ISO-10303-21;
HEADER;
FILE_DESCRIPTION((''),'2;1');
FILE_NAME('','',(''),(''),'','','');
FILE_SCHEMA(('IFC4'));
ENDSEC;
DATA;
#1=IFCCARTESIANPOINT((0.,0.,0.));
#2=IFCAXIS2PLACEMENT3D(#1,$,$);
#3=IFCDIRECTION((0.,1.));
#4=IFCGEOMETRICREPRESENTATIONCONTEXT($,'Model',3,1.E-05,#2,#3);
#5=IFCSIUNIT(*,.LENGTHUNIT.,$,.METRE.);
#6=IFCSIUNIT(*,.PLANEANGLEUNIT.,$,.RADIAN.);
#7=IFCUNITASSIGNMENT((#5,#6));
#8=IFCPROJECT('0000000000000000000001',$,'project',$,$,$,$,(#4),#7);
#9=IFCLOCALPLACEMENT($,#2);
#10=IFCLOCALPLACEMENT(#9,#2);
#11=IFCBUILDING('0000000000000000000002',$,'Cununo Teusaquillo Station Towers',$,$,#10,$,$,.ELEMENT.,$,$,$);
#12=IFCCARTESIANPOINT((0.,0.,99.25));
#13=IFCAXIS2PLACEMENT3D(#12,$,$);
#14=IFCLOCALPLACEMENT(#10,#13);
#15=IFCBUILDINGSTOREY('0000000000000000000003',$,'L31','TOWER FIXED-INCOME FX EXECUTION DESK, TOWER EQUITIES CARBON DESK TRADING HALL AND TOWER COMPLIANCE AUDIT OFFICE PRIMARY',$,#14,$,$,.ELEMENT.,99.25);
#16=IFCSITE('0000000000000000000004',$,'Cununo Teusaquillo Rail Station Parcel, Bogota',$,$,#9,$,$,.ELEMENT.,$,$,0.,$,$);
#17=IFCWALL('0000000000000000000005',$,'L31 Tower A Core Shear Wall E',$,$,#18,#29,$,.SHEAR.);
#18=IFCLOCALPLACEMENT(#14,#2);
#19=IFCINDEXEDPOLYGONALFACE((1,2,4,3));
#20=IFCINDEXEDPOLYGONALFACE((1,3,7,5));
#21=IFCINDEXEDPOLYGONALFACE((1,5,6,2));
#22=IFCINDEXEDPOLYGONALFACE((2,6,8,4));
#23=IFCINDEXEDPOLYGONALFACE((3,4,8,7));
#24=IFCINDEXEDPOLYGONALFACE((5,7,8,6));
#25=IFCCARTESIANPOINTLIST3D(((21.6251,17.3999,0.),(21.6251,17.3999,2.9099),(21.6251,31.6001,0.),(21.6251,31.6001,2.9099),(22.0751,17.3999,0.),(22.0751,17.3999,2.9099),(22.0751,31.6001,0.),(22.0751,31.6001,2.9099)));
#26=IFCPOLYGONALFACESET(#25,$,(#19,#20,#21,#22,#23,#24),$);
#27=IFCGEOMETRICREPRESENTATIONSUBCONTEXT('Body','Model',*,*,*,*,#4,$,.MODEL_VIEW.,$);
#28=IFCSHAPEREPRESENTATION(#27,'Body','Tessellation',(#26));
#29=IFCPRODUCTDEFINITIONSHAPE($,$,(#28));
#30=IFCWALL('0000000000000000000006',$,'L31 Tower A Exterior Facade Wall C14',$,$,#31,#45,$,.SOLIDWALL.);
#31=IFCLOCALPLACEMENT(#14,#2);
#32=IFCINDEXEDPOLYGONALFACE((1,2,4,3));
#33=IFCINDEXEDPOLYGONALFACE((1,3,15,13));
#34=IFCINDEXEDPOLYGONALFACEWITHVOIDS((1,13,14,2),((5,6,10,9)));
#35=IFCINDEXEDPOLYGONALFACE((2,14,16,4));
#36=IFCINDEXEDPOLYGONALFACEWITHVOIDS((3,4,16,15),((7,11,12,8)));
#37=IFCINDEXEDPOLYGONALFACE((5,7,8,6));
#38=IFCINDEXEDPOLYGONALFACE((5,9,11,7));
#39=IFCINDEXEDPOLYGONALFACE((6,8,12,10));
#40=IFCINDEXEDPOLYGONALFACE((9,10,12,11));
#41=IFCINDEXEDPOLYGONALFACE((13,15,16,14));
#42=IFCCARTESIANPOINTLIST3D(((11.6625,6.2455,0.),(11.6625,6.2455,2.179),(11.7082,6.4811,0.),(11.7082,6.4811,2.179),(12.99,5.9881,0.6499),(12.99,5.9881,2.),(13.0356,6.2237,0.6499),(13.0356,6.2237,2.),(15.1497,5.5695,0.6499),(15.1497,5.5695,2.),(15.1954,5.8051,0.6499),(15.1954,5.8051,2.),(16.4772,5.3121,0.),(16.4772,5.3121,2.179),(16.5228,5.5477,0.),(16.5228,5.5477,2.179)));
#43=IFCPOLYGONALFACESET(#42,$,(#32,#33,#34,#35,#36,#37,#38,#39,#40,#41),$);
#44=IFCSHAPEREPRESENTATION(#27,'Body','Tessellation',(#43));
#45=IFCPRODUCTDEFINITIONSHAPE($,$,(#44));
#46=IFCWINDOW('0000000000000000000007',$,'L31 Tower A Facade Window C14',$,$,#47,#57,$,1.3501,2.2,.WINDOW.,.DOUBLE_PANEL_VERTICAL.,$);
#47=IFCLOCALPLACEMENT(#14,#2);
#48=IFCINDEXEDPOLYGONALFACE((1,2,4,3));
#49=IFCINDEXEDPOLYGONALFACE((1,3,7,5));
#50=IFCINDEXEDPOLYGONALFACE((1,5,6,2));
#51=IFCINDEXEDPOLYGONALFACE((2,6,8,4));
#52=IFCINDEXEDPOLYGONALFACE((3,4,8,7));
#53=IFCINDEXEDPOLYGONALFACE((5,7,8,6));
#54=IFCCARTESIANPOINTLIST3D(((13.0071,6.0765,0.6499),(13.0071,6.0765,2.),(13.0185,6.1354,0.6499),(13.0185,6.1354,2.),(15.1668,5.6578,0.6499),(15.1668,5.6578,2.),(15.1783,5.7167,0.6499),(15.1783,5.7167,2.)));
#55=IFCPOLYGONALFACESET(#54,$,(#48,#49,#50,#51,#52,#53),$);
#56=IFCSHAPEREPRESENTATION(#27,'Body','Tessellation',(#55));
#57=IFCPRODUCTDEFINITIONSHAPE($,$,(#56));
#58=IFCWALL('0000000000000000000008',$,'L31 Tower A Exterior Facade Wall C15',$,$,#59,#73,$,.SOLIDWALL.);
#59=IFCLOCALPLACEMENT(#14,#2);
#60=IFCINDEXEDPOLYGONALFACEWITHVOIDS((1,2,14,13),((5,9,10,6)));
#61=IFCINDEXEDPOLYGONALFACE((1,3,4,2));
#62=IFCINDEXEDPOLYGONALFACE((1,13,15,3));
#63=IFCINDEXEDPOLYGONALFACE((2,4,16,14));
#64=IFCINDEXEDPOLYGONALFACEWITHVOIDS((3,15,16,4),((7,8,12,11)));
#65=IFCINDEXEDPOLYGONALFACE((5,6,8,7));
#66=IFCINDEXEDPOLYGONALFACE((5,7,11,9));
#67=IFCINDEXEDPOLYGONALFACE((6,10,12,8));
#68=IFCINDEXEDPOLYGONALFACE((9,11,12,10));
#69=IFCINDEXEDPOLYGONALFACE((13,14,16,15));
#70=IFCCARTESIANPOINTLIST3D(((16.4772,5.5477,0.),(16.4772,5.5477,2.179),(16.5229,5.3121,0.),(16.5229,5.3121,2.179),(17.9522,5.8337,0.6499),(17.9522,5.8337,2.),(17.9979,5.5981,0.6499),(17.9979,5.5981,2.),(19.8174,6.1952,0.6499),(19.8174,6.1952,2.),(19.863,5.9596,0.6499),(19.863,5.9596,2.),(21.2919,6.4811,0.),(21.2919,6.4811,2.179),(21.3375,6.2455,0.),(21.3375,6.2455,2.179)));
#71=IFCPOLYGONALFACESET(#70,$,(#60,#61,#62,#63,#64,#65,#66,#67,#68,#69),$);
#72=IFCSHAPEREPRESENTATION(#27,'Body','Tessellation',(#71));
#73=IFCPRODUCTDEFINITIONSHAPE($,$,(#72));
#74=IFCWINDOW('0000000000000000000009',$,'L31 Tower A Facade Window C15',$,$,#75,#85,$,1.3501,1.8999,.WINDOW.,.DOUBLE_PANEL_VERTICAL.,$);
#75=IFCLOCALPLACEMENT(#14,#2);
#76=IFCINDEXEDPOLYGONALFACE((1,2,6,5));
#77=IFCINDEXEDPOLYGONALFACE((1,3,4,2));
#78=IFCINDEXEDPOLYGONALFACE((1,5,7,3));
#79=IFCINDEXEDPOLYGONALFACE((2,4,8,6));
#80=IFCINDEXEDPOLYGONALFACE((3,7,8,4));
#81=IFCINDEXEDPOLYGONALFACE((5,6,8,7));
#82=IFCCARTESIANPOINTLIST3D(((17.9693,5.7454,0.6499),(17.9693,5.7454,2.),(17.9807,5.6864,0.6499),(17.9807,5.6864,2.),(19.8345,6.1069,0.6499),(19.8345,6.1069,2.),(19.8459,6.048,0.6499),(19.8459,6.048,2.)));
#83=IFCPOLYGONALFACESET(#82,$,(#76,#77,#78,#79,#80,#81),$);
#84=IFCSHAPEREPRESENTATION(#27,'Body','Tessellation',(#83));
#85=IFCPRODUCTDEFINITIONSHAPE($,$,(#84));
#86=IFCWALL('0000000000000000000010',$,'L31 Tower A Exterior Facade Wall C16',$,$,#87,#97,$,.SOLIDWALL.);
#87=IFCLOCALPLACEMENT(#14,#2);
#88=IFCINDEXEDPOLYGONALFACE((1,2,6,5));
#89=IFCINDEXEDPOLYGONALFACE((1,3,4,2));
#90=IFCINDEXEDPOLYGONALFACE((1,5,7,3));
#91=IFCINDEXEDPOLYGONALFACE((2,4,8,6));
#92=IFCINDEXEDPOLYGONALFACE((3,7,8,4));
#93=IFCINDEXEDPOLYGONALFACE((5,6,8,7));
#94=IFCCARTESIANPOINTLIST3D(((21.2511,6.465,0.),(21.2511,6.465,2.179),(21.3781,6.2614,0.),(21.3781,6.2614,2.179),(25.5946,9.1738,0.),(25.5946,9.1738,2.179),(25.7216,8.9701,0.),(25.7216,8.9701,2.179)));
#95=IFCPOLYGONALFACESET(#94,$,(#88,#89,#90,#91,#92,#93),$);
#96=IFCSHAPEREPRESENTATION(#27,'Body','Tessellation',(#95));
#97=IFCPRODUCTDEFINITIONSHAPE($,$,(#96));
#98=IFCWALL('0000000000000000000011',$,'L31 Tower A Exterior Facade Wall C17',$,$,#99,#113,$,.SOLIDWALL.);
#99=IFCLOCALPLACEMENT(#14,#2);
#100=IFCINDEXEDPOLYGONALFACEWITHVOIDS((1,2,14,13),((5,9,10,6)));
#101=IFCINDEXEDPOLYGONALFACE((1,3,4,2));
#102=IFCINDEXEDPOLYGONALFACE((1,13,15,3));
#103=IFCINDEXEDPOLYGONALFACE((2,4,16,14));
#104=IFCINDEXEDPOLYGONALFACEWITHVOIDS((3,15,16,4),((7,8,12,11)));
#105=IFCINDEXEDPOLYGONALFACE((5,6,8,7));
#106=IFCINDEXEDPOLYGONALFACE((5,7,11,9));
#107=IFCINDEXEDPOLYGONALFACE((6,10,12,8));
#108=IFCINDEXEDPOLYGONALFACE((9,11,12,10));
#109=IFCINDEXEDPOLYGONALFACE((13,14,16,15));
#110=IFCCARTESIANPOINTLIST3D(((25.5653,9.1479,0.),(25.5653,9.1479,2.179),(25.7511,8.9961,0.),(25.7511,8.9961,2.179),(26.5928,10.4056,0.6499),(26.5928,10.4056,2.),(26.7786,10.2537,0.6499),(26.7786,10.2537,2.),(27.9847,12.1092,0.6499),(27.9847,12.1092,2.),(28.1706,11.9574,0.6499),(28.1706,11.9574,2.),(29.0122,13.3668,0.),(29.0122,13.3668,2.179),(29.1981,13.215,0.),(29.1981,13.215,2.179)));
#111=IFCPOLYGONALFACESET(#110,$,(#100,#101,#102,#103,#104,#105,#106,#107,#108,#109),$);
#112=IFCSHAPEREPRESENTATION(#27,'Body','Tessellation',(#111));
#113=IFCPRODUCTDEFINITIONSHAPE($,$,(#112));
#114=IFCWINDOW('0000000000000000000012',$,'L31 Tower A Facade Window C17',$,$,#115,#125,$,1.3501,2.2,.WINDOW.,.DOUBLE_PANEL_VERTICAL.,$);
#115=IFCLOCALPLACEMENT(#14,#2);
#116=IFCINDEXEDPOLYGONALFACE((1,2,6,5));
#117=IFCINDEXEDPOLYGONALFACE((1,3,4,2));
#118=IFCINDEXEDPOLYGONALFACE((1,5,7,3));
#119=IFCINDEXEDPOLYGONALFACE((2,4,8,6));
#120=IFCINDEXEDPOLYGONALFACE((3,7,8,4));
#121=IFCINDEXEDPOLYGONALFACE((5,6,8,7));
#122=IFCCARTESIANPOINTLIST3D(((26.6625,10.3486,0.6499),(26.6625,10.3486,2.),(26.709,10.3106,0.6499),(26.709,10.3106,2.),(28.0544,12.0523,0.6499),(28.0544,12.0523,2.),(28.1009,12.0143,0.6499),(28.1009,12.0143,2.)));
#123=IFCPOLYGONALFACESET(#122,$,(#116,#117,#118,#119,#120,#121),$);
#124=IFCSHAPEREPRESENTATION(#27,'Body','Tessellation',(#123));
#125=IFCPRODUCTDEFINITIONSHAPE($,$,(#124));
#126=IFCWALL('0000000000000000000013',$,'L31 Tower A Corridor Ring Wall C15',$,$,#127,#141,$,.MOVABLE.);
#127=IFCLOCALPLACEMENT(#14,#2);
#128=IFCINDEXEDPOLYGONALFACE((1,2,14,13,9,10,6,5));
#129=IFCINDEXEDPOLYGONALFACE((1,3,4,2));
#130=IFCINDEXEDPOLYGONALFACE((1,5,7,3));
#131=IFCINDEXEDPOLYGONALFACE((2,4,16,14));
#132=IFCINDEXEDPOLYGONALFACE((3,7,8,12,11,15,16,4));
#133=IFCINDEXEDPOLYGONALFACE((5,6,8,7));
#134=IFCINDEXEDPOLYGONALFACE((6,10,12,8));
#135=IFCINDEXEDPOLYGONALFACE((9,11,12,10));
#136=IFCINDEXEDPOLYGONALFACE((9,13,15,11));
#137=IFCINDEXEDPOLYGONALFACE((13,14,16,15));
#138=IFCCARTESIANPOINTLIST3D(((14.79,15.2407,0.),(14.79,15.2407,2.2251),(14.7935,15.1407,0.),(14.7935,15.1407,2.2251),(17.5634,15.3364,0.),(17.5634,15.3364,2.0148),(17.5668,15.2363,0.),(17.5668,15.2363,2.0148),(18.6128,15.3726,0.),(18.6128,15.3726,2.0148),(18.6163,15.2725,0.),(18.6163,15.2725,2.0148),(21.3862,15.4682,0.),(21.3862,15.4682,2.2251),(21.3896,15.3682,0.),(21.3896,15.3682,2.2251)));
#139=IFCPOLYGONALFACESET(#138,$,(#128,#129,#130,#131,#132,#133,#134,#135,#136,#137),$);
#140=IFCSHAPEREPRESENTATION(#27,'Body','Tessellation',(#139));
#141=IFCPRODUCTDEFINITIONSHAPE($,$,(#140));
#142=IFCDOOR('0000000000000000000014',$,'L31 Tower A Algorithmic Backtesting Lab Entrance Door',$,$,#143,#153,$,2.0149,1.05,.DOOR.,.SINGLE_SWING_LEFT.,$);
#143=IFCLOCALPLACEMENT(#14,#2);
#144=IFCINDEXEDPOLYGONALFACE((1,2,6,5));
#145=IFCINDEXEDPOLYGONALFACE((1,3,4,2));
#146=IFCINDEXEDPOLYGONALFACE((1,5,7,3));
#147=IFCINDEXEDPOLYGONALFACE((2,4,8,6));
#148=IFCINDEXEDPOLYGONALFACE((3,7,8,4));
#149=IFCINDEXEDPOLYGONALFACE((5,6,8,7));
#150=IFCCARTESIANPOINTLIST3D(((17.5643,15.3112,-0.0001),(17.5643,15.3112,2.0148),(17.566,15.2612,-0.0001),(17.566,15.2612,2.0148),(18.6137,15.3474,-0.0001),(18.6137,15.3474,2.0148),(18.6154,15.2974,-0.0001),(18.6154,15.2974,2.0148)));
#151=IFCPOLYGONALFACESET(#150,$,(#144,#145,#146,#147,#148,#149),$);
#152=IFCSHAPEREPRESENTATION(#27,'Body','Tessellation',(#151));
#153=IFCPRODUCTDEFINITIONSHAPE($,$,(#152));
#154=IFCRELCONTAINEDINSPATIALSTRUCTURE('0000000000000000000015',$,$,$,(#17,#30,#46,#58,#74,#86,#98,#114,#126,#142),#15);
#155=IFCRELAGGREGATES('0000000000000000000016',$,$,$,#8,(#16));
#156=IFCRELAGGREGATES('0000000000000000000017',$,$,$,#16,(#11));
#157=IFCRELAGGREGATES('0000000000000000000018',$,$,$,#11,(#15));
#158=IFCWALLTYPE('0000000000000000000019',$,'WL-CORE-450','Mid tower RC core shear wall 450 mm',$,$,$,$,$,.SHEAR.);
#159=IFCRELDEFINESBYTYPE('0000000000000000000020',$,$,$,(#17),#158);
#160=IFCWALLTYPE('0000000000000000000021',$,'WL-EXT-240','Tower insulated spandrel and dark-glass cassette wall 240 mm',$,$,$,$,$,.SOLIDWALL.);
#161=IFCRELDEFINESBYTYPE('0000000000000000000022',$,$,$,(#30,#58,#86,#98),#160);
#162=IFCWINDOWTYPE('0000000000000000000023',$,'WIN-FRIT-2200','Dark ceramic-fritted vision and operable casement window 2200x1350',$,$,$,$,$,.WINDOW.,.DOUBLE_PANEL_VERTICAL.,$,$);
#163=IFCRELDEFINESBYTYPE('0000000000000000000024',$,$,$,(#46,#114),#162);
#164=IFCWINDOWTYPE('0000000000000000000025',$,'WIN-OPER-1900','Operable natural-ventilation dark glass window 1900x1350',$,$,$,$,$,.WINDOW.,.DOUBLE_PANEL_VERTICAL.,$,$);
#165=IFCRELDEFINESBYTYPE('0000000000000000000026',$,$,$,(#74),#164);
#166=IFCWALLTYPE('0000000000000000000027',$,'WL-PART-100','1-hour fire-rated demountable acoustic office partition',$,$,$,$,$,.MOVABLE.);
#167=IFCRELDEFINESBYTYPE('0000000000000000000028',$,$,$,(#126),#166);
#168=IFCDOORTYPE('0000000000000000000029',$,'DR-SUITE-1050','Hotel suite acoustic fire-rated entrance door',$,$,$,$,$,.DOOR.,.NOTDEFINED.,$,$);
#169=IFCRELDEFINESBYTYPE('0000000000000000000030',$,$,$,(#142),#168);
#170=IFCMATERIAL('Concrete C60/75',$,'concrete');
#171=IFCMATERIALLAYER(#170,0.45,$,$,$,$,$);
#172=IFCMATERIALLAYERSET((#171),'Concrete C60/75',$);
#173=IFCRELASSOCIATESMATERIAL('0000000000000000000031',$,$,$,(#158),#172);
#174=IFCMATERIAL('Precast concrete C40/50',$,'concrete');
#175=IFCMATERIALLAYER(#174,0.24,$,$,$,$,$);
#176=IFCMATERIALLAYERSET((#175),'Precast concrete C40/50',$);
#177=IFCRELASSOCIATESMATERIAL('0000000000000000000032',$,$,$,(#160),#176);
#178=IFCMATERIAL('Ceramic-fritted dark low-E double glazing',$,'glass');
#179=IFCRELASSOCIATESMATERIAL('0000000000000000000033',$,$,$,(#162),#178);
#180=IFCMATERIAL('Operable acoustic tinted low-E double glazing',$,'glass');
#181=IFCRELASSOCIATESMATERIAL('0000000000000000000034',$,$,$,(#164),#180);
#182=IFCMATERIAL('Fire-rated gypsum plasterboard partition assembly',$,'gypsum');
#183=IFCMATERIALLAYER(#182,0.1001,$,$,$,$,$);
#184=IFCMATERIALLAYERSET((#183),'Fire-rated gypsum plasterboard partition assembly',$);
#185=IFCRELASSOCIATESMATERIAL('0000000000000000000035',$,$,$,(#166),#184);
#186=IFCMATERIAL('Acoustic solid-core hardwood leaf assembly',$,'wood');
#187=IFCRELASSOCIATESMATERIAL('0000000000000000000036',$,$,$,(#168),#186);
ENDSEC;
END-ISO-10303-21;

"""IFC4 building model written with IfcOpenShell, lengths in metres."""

from ifc_helpers import new_model, si_unit, direction, frame, frame_2d, origin, place, context, subcontext, project, spatial, rectangle, extrude, source, transform, mapped, material, layer, layer_set, type_object, element, fill, save


model = new_model("IFC4")

# Units and contexts
model_context = context("Model", 3, precision=1e-05, world=origin(), true_north=direction((0.0, 1.0)))
body_context = subcontext(model_context, "Body", "Model", "MODEL_VIEW")
ifc_project = project(units=[si_unit("LENGTHUNIT", "METRE"), si_unit("PLANEANGLEUNIT", "RADIAN")], contexts=[model_context])

# Site, building, storey
site_placement = place(None, origin())
site = spatial("IfcSite", under=ifc_project, at=site_placement, Name="Cununo Teusaquillo Rail Station Parcel, Bogota", CompositionType="ELEMENT", RefElevation=0.0)
building_placement = place(site_placement, origin())
building = spatial("IfcBuilding", under=site, at=building_placement, Name="Cununo Teusaquillo Station Towers", CompositionType="ELEMENT")
storey_placement = place(building_placement, frame((0.0, 0.0, 99.25)))
storey = spatial("IfcBuildingStorey", under=building, at=storey_placement, Name="L31", Description="TOWER FIXED-INCOME FX EXECUTION DESK, TOWER EQUITIES CARBON DESK TRADING HALL AND TOWER COMPLIANCE AUDIT OFFICE PRIMARY", CompositionType="ELEMENT", Elevation=99.25)

# Wall
ifc_material_1 = material(Name="Concrete C60/75", Category="concrete")
ifc_layer_1 = layer(ifc_material_1, 0.45)
ifc_layer_set_1 = layer_set([ifc_layer_1], Name="Concrete C60/75")
wall_type_1 = type_object("IfcWallType", Name="WL-CORE-450", Description="Mid tower RC core shear wall 450 mm", PredefinedType="SHEAR", material=ifc_layer_set_1)
wall_1_placement = place(storey_placement, frame((21.8501, 17.3999, 0.0), z_axis=(0.0, 0.0, 1.0), x_axis=(0.0, 1.0, 0.0)))
element("IfcWall", 1, at=wall_1_placement, inside=storey, type_object=wall_type_1, Name="L31 Tower A Core Shear Wall E", PredefinedType="SHEAR", context=body_context, shape_type="SweptSolid", body=[
    extrude(rectangle(XDim=14.2002, YDim=0.45, at=frame_2d((7.1001, 0.0))), origin(), (0.0, 0.0, 1.0), 2.9099),
])

# Walls, openings, windows
ifc_material_2 = material(Name="Precast concrete C40/50", Category="concrete")
ifc_layer_2 = layer(ifc_material_2, 0.24)
ifc_layer_set_2 = layer_set([ifc_layer_2], Name="Precast concrete C40/50")
wall_type_2 = type_object("IfcWallType", Name="WL-EXT-240", Description="Tower insulated spandrel and dark-glass cassette wall 240 mm", PredefinedType="SOLIDWALL", material=ifc_layer_set_2)
wall_2_placement = place(storey_placement, frame((16.5, 5.4299, 0.0), z_axis=(0.0, 0.0, 1.0), x_axis=(-0.981724, 0.190311, 0.0)))
wall_2 = element("IfcWall", 2, at=wall_2_placement, inside=storey, type_object=wall_type_2, Name="L31 Tower A Exterior Facade Wall C14", PredefinedType="SOLIDWALL", context=body_context, shape_type="SweptSolid", body=[
    extrude(rectangle(XDim=4.9043, YDim=0.24, at=frame_2d((2.4521, 0.0))), origin(), (0.0, 0.0, 1.0), 2.179),
])
shared_shape_1 = source(origin(), body_context, "Body", "SweptSolid", [
    extrude(rectangle(XDim=2.2, YDim=1.3501, at=frame_2d((1.1001, 0.675))), frame((0.0, 0.1299, 0.0), z_axis=(0.0, -1.0, 0.0), x_axis=(1.0, 0.0, 0.0)), (0.0, 0.0, 1.0), 0.26),
])
opening_1_placement = place(wall_2_placement, frame((1.3521, 0.0, 0.6499)))
opening_1 = element("IfcOpeningElement", 3, at=opening_1_placement, cuts=wall_2, PredefinedType="OPENING", context=body_context, shape_type="MappedRepresentation", body=[
    mapped(shared_shape_1, transform((0.0, 0.0, 0.0), x_axis=(1.0, 0.0, 0.0), y_axis=(0.0, 1.0, 0.0), z_axis=(0.0, 0.0, 1.0), scale=1.0)),
])
ifc_material_3 = material(Name="Ceramic-fritted dark low-E double glazing", Category="glass")
window_type_1 = type_object("IfcWindowType", Name="WIN-FRIT-2200", Description="Dark ceramic-fritted vision and operable casement window 2200x1350", PartitioningType="DOUBLE_PANEL_VERTICAL", PredefinedType="WINDOW", material=ifc_material_3)
shared_shape_2 = source(origin(), body_context, "Body", "SweptSolid", [
    extrude(rectangle(XDim=2.2, YDim=1.3501, at=frame_2d((1.1001, 0.675))), frame((0.0, 0.03, 0.0), z_axis=(0.0, -1.0, 0.0), x_axis=(1.0, 0.0, 0.0)), (0.0, 0.0, 1.0), 0.0601),
])
window_1_placement = place(opening_1_placement, origin())
window_1 = element("IfcWindow", 4, at=window_1_placement, inside=storey, type_object=window_type_1, Name="L31 Tower A Facade Window C14", OverallHeight=1.3501, OverallWidth=2.2, PartitioningType="DOUBLE_PANEL_VERTICAL", PredefinedType="WINDOW", context=body_context, shape_type="MappedRepresentation", body=[
    mapped(shared_shape_2, transform((0.0, 0.0, 0.0), x_axis=(1.0, 0.0, 0.0), y_axis=(0.0, 1.0, 0.0), z_axis=(0.0, 0.0, 1.0), scale=1.0)),
])
fill(opening_1, window_1)
wall_3_placement = place(storey_placement, frame((21.3147, 6.3633, 0.0), z_axis=(0.0, 0.0, 1.0), x_axis=(-0.981724, -0.190311, 0.0)))
wall_3 = element("IfcWall", 5, at=wall_3_placement, inside=storey, type_object=wall_type_2, Name="L31 Tower A Exterior Facade Wall C15", PredefinedType="SOLIDWALL", context=body_context, shape_type="SweptSolid", body=[
    extrude(rectangle(XDim=4.9043, YDim=0.24, at=frame_2d((2.4521, 0.0))), origin(), (0.0, 0.0, 1.0), 2.179),
])
shared_shape_3 = source(origin(), body_context, "Body", "SweptSolid", [
    extrude(rectangle(XDim=1.8999, YDim=1.3501, at=frame_2d((0.95, 0.675))), frame((0.0, 0.1299, 0.0), z_axis=(0.0, -1.0, 0.0), x_axis=(1.0, 0.0, 0.0)), (0.0, 0.0, 1.0), 0.26),
])
opening_2_placement = place(wall_3_placement, frame((1.502, 0.0, 0.6499)))
opening_2 = element("IfcOpeningElement", 6, at=opening_2_placement, cuts=wall_3, PredefinedType="OPENING", context=body_context, shape_type="MappedRepresentation", body=[
    mapped(shared_shape_3, transform((0.0, 0.0, 0.0), x_axis=(1.0, 0.0, 0.0), y_axis=(0.0, 1.0, 0.0), z_axis=(0.0, 0.0, 1.0), scale=1.0)),
])
ifc_material_4 = material(Name="Operable acoustic tinted low-E double glazing", Category="glass")
window_type_2 = type_object("IfcWindowType", Name="WIN-OPER-1900", Description="Operable natural-ventilation dark glass window 1900x1350", PartitioningType="DOUBLE_PANEL_VERTICAL", PredefinedType="WINDOW", material=ifc_material_4)
shared_shape_4 = source(origin(), body_context, "Body", "SweptSolid", [
    extrude(rectangle(XDim=1.8999, YDim=1.3501, at=frame_2d((0.95, 0.675))), frame((0.0, 0.03, 0.0), z_axis=(0.0, -1.0, 0.0), x_axis=(1.0, 0.0, 0.0)), (0.0, 0.0, 1.0), 0.0601),
])
window_2_placement = place(opening_2_placement, origin())
window_2 = element("IfcWindow", 7, at=window_2_placement, inside=storey, type_object=window_type_2, Name="L31 Tower A Facade Window C15", OverallHeight=1.3501, OverallWidth=1.8999, PartitioningType="DOUBLE_PANEL_VERTICAL", PredefinedType="WINDOW", context=body_context, shape_type="MappedRepresentation", body=[
    mapped(shared_shape_4, transform((0.0, 0.0, 0.0), x_axis=(1.0, 0.0, 0.0), y_axis=(0.0, 1.0, 0.0), z_axis=(0.0, 0.0, 1.0), scale=1.0)),
])
fill(opening_2, window_2)

# Wall
wall_4_placement = place(storey_placement, frame((25.6582, 9.072, 0.0), z_axis=(0.0, 0.0, 1.0), x_axis=(-0.84852, -0.529163, 0.0)))
element("IfcWall", 8, at=wall_4_placement, inside=storey, type_object=wall_type_2, Name="L31 Tower A Exterior Facade Wall C16", PredefinedType="SOLIDWALL", context=body_context, shape_type="SweptSolid", body=[
    extrude(rectangle(XDim=5.1189, YDim=0.24, at=frame_2d((2.5596, 0.0))), origin(), (0.0, 0.0, 1.0), 2.179),
])

# Wall, opening, window
wall_5_placement = place(storey_placement, frame((29.1052, 13.291, 0.0), z_axis=(0.0, 0.0, 1.0), x_axis=(-0.632701, -0.774396, 0.0)))
wall_5 = element("IfcWall", 9, at=wall_5_placement, inside=storey, type_object=wall_type_2, Name="L31 Tower A Exterior Facade Wall C17", PredefinedType="SOLIDWALL", context=body_context, shape_type="SweptSolid", body=[
    extrude(rectangle(XDim=5.448, YDim=0.24, at=frame_2d((2.7241, 0.0))), origin(), (0.0, 0.0, 1.0), 2.179),
])
opening_3_placement = place(wall_5_placement, frame((1.624, 0.0, 0.6499)))
opening_3 = element("IfcOpeningElement", 10, at=opening_3_placement, cuts=wall_5, PredefinedType="OPENING", context=body_context, shape_type="MappedRepresentation", body=[
    mapped(shared_shape_1, transform((0.0, 0.0, 0.0), x_axis=(1.0, 0.0, 0.0), y_axis=(0.0, 1.0, 0.0), z_axis=(0.0, 0.0, 1.0), scale=1.0)),
])
window_3_placement = place(opening_3_placement, origin())
window_3 = element("IfcWindow", 11, at=window_3_placement, inside=storey, type_object=window_type_1, Name="L31 Tower A Facade Window C17", OverallHeight=1.3501, OverallWidth=2.2, PartitioningType="DOUBLE_PANEL_VERTICAL", PredefinedType="WINDOW", context=body_context, shape_type="MappedRepresentation", body=[
    mapped(shared_shape_2, transform((0.0, 0.0, 0.0), x_axis=(1.0, 0.0, 0.0), y_axis=(0.0, 1.0, 0.0), z_axis=(0.0, 0.0, 1.0), scale=1.0)),
])
fill(opening_3, window_3)

# Wall, opening, door
ifc_material_5 = material(Name="Fire-rated gypsum plasterboard partition assembly", Category="gypsum")
ifc_layer_3 = layer(ifc_material_5, 0.1001)
ifc_layer_set_3 = layer_set([ifc_layer_3], Name="Fire-rated gypsum plasterboard partition assembly")
wall_type_3 = type_object("IfcWallType", Name="WL-PART-100", Description="1-hour fire-rated demountable acoustic office partition", PredefinedType="MOVABLE", material=ifc_layer_set_3)
wall_6_placement = place(storey_placement, frame((14.7917, 15.1907, 0.0), z_axis=(0.0, 0.0, 1.0), x_axis=(0.999406, 0.034475, 0.0)))
wall_6 = element("IfcWall", 12, at=wall_6_placement, inside=storey, type_object=wall_type_3, Name="L31 Tower A Corridor Ring Wall C15", PredefinedType="MOVABLE", context=body_context, shape_type="SweptSolid", body=[
    extrude(rectangle(XDim=6.6001, YDim=0.1001, at=frame_2d((3.3, 0.0))), origin(), (0.0, 0.0, 1.0), 2.2251),
])
shared_shape_5 = source(origin(), body_context, "Body", "SweptSolid", [
    extrude(rectangle(XDim=1.05, YDim=2.0149, at=frame_2d((0.5249, 1.0073))), frame((0.0, 0.0601, 0.0), z_axis=(0.0, -1.0, 0.0), x_axis=(1.0, 0.0, 0.0)), (0.0, 0.0, 1.0), 0.1201),
])
opening_4_placement = place(wall_6_placement, frame((2.7751, 0.0, 0.0)))
opening_4 = element("IfcOpeningElement", 13, at=opening_4_placement, cuts=wall_6, PredefinedType="OPENING", context=body_context, shape_type="MappedRepresentation", body=[
    mapped(shared_shape_5, transform((0.0, 0.0, 0.0), x_axis=(1.0, 0.0, 0.0), y_axis=(0.0, 1.0, 0.0), z_axis=(0.0, 0.0, 1.0), scale=1.0)),
])
ifc_material_6 = material(Name="Acoustic solid-core hardwood leaf assembly", Category="wood")
door_type = type_object("IfcDoorType", Name="DR-SUITE-1050", Description="Hotel suite acoustic fire-rated entrance door", OperationType="NOTDEFINED", PredefinedType="DOOR", material=ifc_material_6)
shared_shape_6 = source(origin(), body_context, "Body", "SweptSolid", [
    extrude(rectangle(XDim=1.05, YDim=2.0149, at=frame_2d((0.5249, 1.0073))), frame((0.0, 0.0249, 0.0), z_axis=(0.0, -1.0, 0.0), x_axis=(1.0, 0.0, 0.0)), (0.0, 0.0, 1.0), 0.05),
])
door_1_placement = place(opening_4_placement, origin())
door_1 = element("IfcDoor", 14, at=door_1_placement, inside=storey, type_object=door_type, Name="L31 Tower A Algorithmic Backtesting Lab Entrance Door", OperationType="SINGLE_SWING_LEFT", OverallHeight=2.0149, OverallWidth=1.05, PredefinedType="DOOR", context=body_context, shape_type="MappedRepresentation", body=[
    mapped(shared_shape_6, transform((0.0, 0.0, 0.0), x_axis=(1.0, 0.0, 0.0), y_axis=(0.0, 1.0, 0.0), z_axis=(0.0, 0.0, 1.0), scale=1.0)),
])
fill(opening_4, door_1)

save(model, "model.ifc")
